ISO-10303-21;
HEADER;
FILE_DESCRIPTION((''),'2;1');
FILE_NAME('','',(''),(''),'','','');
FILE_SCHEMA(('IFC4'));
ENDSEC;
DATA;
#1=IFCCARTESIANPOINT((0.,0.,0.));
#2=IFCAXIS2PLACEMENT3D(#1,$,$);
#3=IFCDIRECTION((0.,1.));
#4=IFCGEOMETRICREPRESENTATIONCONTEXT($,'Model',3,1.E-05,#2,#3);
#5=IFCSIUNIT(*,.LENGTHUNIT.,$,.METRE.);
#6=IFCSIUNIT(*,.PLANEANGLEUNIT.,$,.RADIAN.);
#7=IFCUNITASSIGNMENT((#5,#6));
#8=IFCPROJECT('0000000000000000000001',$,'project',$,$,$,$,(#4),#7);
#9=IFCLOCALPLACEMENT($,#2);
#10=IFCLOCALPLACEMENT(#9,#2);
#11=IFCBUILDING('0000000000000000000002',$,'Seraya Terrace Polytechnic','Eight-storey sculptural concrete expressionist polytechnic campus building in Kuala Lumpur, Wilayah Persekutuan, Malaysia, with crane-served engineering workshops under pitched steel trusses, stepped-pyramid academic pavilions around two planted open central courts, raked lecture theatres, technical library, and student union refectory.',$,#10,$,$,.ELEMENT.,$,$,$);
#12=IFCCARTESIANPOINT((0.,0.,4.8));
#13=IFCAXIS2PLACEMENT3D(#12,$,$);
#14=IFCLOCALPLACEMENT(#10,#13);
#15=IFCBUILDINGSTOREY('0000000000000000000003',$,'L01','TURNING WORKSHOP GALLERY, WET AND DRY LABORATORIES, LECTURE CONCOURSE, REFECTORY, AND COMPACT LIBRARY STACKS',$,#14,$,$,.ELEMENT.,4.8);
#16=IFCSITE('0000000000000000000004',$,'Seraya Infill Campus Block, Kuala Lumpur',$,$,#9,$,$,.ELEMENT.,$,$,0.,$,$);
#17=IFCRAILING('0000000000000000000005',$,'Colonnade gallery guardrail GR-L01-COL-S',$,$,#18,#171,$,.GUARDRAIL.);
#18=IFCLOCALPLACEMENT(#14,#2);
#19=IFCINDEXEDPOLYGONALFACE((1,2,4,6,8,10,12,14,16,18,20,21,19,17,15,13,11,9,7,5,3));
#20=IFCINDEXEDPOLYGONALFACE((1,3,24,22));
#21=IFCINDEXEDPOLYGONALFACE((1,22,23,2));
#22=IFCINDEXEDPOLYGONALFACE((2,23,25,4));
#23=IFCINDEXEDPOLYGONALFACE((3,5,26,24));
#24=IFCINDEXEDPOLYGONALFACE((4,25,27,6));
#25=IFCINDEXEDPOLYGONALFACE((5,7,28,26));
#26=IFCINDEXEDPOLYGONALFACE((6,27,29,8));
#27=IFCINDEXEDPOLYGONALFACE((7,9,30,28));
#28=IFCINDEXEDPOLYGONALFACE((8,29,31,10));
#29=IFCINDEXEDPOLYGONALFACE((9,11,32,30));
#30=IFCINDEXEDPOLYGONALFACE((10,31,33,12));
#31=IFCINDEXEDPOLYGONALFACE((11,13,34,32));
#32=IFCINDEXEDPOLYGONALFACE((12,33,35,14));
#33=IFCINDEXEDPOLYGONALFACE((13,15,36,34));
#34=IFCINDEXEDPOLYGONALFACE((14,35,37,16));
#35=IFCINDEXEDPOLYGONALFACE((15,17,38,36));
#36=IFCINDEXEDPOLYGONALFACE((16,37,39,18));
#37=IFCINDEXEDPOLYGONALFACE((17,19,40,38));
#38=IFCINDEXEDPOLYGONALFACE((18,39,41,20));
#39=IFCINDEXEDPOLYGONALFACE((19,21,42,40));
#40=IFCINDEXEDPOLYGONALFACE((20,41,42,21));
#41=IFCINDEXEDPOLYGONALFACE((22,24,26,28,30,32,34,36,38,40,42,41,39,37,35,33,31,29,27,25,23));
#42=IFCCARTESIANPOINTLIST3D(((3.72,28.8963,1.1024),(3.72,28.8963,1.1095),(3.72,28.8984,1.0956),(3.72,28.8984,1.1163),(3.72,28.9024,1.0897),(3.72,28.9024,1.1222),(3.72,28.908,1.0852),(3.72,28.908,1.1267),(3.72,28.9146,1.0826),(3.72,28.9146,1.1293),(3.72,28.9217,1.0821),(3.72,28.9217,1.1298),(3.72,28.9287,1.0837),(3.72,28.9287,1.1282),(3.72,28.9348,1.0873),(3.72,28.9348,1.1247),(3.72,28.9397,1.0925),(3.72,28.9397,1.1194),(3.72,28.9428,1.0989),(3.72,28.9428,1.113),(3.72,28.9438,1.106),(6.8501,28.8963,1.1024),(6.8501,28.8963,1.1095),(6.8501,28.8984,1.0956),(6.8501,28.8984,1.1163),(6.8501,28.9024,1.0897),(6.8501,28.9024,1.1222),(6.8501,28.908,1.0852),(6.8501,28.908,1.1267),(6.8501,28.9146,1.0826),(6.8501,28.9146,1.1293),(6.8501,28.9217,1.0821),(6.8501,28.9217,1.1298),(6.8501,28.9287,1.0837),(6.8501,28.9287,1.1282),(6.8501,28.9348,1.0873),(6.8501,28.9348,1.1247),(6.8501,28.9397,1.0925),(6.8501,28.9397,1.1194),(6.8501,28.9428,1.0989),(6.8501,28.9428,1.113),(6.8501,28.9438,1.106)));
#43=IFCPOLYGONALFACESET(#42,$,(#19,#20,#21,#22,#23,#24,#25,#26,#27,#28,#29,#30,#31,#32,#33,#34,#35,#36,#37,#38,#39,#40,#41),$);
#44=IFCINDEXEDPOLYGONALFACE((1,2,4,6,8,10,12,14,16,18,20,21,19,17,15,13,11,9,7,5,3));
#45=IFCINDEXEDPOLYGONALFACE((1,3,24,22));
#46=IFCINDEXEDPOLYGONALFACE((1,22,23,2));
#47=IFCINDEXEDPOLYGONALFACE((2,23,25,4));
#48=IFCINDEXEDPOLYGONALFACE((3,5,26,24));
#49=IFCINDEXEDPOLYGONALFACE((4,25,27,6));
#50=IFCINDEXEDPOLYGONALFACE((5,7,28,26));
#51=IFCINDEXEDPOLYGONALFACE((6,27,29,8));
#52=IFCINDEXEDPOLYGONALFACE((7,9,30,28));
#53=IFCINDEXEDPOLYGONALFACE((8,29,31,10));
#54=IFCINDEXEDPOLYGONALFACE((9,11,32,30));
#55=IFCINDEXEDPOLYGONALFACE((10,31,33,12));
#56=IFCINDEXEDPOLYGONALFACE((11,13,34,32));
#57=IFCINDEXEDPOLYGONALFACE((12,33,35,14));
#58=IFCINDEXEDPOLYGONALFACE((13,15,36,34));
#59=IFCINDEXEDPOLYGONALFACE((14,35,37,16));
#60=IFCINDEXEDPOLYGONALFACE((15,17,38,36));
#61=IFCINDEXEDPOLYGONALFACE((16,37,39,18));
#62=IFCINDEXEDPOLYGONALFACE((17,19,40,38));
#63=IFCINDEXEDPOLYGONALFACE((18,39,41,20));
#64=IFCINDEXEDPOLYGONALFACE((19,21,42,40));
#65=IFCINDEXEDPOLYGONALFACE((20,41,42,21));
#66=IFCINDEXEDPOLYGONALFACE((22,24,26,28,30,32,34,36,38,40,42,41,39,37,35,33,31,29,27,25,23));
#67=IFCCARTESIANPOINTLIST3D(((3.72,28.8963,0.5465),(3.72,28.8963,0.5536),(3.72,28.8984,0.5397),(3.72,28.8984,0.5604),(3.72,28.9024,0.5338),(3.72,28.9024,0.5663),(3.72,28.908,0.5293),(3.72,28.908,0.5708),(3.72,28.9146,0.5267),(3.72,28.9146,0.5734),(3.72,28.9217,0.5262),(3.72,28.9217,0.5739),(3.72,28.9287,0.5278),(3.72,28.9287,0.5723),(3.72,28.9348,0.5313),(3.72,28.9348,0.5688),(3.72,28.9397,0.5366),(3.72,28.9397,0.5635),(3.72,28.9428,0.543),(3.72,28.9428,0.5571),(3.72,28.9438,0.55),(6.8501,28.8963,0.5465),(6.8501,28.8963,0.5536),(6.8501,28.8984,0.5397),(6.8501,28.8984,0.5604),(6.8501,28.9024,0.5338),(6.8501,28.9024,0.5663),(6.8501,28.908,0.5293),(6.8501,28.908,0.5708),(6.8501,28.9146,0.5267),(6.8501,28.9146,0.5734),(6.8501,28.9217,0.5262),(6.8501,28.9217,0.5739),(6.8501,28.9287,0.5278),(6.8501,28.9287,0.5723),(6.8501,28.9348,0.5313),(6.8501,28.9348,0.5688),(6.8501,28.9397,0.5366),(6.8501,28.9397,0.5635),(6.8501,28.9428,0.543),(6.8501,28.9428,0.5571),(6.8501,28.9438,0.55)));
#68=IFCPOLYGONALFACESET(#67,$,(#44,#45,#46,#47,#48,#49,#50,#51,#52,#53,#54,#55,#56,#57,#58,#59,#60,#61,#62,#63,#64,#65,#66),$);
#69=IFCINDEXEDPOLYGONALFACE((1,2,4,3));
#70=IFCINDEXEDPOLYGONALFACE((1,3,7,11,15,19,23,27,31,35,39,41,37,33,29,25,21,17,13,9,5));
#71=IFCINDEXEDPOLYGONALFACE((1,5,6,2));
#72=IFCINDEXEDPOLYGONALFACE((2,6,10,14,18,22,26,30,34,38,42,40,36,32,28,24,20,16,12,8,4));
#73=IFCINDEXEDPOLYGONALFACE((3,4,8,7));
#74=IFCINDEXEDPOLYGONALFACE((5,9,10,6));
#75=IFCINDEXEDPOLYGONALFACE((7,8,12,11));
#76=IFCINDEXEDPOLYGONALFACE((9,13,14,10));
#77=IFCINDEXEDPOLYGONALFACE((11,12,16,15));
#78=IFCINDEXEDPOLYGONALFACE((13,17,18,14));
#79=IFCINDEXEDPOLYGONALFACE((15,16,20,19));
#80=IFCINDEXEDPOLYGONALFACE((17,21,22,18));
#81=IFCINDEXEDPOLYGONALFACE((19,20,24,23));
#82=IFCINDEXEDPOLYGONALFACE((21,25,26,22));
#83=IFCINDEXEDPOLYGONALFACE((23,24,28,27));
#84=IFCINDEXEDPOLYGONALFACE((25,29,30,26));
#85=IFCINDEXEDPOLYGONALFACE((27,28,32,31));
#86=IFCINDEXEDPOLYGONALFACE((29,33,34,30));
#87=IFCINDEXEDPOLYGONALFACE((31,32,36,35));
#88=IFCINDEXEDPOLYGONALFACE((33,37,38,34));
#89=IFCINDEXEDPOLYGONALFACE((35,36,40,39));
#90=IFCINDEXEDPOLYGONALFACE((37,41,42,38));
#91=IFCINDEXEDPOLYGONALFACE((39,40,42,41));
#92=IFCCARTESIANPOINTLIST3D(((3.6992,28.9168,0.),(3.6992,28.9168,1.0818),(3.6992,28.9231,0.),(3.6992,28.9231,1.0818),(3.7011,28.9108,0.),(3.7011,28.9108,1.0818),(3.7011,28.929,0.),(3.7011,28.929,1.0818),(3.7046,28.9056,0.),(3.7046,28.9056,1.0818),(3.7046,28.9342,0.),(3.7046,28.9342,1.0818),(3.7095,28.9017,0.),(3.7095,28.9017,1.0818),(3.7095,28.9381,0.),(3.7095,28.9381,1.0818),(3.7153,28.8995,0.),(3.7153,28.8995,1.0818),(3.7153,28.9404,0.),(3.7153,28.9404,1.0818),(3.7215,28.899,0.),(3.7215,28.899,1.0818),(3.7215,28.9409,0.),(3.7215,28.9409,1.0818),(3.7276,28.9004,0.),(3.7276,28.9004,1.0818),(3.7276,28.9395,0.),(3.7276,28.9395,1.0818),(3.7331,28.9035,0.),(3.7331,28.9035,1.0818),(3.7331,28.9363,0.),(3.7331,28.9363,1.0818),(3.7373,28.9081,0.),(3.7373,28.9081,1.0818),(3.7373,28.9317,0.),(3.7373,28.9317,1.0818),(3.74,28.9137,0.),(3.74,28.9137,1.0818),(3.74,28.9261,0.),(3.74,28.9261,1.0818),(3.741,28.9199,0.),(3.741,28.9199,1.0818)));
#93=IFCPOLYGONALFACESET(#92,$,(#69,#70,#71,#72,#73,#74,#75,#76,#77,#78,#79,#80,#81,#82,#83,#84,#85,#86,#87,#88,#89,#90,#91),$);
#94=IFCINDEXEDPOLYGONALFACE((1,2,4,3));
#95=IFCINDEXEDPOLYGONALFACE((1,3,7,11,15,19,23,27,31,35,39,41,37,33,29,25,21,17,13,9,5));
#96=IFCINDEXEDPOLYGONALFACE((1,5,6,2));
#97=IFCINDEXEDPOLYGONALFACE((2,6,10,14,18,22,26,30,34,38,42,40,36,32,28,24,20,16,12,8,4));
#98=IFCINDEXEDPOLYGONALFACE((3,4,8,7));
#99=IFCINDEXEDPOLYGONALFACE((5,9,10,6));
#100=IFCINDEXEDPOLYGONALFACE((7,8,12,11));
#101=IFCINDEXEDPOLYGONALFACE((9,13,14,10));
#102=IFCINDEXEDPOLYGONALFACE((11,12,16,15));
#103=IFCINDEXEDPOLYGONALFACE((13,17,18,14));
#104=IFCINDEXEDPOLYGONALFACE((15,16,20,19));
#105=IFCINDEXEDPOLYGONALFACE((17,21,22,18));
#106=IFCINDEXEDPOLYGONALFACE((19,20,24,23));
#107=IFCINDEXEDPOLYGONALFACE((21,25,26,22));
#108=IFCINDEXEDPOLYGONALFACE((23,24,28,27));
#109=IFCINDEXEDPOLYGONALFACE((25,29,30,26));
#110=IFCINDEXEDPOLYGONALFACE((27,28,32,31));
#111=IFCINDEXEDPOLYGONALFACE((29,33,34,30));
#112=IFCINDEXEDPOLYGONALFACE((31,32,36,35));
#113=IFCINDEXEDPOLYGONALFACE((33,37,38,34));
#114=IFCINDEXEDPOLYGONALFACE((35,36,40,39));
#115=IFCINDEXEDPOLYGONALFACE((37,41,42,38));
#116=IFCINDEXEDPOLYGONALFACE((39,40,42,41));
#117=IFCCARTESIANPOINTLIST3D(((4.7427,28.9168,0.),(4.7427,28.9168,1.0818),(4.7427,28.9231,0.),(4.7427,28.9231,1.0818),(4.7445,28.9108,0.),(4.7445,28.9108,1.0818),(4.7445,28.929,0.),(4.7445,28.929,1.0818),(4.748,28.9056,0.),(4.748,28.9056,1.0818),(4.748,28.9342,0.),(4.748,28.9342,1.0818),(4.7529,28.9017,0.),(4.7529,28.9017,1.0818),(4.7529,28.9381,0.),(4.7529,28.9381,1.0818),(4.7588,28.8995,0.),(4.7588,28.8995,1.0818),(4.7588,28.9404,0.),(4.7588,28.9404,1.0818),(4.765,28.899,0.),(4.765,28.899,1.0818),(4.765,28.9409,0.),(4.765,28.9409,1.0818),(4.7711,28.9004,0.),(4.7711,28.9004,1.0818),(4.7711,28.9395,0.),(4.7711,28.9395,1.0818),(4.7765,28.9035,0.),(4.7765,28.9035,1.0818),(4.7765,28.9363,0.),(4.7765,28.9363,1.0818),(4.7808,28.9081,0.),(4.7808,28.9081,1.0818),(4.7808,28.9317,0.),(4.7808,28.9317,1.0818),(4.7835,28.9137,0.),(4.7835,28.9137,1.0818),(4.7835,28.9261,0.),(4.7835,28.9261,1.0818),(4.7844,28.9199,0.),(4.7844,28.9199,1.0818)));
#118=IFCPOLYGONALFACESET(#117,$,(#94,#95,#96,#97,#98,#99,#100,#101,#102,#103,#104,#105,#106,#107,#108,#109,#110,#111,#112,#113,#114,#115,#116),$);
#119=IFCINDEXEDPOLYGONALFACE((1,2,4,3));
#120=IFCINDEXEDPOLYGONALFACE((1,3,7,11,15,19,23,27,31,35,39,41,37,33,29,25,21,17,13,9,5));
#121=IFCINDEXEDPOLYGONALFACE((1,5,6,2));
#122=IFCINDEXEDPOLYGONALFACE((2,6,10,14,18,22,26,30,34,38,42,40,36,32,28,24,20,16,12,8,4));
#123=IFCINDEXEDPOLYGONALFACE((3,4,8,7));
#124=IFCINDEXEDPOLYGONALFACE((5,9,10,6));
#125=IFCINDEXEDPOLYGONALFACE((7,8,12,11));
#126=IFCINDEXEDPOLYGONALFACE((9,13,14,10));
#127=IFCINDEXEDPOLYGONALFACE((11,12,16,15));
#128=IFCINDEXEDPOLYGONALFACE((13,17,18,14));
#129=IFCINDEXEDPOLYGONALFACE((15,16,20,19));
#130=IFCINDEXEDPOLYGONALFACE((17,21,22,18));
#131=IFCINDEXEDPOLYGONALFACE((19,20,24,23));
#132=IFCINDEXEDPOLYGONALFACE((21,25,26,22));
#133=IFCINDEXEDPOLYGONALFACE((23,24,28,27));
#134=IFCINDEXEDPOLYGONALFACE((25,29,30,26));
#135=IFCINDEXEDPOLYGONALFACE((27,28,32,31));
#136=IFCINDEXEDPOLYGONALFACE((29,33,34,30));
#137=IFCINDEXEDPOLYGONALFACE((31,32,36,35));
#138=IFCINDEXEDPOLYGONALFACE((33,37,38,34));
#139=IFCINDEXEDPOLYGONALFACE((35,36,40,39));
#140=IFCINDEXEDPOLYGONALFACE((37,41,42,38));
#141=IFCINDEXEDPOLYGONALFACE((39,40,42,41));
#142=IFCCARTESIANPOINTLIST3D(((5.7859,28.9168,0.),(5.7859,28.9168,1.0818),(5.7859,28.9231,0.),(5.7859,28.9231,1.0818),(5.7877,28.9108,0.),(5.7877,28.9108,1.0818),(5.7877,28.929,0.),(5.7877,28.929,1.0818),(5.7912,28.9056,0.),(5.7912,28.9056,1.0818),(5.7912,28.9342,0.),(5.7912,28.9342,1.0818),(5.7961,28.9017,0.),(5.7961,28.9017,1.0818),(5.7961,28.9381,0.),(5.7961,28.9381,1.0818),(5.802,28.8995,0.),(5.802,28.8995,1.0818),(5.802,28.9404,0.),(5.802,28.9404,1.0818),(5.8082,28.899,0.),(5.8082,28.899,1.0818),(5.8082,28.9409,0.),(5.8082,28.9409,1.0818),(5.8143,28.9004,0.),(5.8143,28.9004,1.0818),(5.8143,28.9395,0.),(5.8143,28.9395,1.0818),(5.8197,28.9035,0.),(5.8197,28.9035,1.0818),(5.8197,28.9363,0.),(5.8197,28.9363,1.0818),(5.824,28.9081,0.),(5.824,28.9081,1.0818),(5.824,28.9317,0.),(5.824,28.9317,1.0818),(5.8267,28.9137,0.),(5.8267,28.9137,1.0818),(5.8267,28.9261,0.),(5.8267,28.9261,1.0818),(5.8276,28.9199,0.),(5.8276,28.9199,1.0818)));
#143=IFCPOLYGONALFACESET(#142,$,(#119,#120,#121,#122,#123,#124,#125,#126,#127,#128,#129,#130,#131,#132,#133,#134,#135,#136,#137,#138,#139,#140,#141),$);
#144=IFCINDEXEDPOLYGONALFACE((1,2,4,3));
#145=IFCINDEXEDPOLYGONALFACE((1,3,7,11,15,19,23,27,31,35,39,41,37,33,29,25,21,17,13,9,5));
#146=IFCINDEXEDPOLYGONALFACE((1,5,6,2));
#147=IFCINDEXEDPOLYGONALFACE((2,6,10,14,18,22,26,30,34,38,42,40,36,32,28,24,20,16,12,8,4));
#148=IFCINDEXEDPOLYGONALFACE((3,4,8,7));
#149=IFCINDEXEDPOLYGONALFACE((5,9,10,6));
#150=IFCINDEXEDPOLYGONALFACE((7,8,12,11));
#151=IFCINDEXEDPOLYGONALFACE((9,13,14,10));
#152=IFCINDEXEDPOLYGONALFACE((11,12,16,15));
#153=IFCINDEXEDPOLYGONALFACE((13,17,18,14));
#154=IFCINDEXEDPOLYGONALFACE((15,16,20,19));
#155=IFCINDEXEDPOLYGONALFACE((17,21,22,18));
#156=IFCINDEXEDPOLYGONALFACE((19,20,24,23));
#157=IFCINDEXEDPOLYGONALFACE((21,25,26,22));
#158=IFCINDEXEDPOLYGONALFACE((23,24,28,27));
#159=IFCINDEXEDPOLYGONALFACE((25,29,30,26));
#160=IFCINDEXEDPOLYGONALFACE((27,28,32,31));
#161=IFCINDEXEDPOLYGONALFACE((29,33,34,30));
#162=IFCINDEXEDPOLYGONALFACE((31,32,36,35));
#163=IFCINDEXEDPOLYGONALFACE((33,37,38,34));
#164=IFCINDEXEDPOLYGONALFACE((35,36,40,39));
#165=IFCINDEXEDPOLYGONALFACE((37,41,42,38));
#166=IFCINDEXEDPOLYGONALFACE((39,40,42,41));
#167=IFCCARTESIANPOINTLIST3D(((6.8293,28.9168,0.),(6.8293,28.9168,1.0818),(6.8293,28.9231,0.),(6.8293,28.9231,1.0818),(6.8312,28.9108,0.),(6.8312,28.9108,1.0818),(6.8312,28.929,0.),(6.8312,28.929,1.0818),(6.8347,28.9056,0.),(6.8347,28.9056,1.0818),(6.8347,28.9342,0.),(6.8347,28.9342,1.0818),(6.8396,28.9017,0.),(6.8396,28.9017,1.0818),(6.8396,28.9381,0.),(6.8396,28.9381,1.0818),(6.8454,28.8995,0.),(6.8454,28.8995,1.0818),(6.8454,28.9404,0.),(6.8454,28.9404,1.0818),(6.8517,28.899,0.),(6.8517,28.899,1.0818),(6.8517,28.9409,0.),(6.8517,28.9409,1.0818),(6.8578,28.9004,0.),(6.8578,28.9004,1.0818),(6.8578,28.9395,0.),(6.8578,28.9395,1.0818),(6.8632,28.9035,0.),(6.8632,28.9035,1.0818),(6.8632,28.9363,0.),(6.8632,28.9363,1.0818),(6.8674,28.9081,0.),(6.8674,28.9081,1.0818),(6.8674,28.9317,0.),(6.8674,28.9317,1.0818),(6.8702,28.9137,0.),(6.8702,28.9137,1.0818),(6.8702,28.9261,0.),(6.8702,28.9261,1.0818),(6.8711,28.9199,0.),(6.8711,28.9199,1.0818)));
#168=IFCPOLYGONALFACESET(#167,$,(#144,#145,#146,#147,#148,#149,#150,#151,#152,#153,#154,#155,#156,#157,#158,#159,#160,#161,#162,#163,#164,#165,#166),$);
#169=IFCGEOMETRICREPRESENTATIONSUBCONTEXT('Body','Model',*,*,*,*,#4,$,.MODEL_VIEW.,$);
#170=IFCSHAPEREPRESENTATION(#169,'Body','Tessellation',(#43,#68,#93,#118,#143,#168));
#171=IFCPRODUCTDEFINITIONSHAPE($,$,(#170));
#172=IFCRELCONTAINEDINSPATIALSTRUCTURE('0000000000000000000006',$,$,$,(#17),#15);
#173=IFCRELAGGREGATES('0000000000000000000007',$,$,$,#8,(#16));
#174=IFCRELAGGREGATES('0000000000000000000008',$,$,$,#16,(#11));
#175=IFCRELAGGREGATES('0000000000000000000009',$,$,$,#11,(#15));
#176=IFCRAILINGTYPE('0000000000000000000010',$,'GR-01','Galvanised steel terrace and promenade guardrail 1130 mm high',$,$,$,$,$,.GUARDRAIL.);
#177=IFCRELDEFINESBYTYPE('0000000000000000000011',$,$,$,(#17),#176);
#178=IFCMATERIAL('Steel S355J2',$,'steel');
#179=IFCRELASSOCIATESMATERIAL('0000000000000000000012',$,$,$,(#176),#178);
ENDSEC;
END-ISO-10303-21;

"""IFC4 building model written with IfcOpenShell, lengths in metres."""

from ifc_helpers import new_model, si_unit, direction, frame, origin, origin_2d, place, context, subcontext, project, spatial, circle, extrude, material, type_object, element, save


model = new_model("IFC4")

# Units and contexts
model_context = context("Model", 3, precision=1e-05, world=origin(), true_north=direction((0.0, 1.0)))
body_context = subcontext(model_context, "Body", "Model", "MODEL_VIEW")
ifc_project = project(units=[si_unit("LENGTHUNIT", "METRE"), si_unit("PLANEANGLEUNIT", "RADIAN")], contexts=[model_context])

# Site, building, storey
site_placement = place(None, origin())
site = spatial("IfcSite", under=ifc_project, at=site_placement, Name="Seraya Infill Campus Block, Kuala Lumpur", CompositionType="ELEMENT", RefElevation=0.0)
building_placement = place(site_placement, origin())
building = spatial("IfcBuilding", under=site, at=building_placement, Name="Seraya Terrace Polytechnic", Description="Eight-storey sculptural concrete expressionist polytechnic campus building in Kuala Lumpur, Wilayah Persekutuan, Malaysia, with crane-served engineering workshops under pitched steel trusses, stepped-pyramid academic pavilions around two planted open central courts, raked lecture theatres, technical library, and student union refectory.", CompositionType="ELEMENT")
storey_placement = place(building_placement, frame((0.0, 0.0, 4.8)))
storey = spatial("IfcBuildingStorey", under=building, at=storey_placement, Name="L01", Description="TURNING WORKSHOP GALLERY, WET AND DRY LABORATORIES, LECTURE CONCOURSE, REFECTORY, AND COMPACT LIBRARY STACKS", CompositionType="ELEMENT", Elevation=4.8)

# Railing
ifc_material_1 = material(Name="Steel S355J2", Category="steel")
railing_type = type_object("IfcRailingType", Name="GR-01", Description="Galvanised steel terrace and promenade guardrail 1130 mm high", PredefinedType="GUARDRAIL", material=ifc_material_1)
railing_1_placement = place(storey_placement, frame((3.72, 28.9199, 0.0)))
element("IfcRailing", 1, at=railing_1_placement, inside=storey, type_object=railing_type, Name="Colonnade gallery guardrail GR-L01-COL-S", PredefinedType="GUARDRAIL", context=body_context, shape_type="SweptSolid", body=[
    extrude(circle(Radius=0.0239, at=origin_2d()), frame((0.0, 0.0, 1.106), z_axis=(1.0, 0.0, 0.0), x_axis=(0.0, 1.0, 0.0)), (0.0, 0.0, 1.0), 3.1301),
    extrude(circle(Radius=0.0239, at=origin_2d()), frame((0.0, 0.0, 0.55), z_axis=(1.0, 0.0, 0.0), x_axis=(0.0, 1.0, 0.0)), (0.0, 0.0, 1.0), 3.1301),
    extrude(circle(Radius=0.021, at=origin_2d()), origin(), (0.0, 0.0, 1.0), 1.0818),
    extrude(circle(Radius=0.021, at=origin_2d()), frame((1.0435, 0.0, 0.0)), (0.0, 0.0, 1.0), 1.0818),
    extrude(circle(Radius=0.021, at=origin_2d()), frame((2.0867, 0.0, 0.0)), (0.0, 0.0, 1.0), 1.0818),
    extrude(circle(Radius=0.021, at=origin_2d()), frame((3.1301, 0.0, 0.0)), (0.0, 0.0, 1.0), 1.0818),
])

save(model, "model.ifc")
